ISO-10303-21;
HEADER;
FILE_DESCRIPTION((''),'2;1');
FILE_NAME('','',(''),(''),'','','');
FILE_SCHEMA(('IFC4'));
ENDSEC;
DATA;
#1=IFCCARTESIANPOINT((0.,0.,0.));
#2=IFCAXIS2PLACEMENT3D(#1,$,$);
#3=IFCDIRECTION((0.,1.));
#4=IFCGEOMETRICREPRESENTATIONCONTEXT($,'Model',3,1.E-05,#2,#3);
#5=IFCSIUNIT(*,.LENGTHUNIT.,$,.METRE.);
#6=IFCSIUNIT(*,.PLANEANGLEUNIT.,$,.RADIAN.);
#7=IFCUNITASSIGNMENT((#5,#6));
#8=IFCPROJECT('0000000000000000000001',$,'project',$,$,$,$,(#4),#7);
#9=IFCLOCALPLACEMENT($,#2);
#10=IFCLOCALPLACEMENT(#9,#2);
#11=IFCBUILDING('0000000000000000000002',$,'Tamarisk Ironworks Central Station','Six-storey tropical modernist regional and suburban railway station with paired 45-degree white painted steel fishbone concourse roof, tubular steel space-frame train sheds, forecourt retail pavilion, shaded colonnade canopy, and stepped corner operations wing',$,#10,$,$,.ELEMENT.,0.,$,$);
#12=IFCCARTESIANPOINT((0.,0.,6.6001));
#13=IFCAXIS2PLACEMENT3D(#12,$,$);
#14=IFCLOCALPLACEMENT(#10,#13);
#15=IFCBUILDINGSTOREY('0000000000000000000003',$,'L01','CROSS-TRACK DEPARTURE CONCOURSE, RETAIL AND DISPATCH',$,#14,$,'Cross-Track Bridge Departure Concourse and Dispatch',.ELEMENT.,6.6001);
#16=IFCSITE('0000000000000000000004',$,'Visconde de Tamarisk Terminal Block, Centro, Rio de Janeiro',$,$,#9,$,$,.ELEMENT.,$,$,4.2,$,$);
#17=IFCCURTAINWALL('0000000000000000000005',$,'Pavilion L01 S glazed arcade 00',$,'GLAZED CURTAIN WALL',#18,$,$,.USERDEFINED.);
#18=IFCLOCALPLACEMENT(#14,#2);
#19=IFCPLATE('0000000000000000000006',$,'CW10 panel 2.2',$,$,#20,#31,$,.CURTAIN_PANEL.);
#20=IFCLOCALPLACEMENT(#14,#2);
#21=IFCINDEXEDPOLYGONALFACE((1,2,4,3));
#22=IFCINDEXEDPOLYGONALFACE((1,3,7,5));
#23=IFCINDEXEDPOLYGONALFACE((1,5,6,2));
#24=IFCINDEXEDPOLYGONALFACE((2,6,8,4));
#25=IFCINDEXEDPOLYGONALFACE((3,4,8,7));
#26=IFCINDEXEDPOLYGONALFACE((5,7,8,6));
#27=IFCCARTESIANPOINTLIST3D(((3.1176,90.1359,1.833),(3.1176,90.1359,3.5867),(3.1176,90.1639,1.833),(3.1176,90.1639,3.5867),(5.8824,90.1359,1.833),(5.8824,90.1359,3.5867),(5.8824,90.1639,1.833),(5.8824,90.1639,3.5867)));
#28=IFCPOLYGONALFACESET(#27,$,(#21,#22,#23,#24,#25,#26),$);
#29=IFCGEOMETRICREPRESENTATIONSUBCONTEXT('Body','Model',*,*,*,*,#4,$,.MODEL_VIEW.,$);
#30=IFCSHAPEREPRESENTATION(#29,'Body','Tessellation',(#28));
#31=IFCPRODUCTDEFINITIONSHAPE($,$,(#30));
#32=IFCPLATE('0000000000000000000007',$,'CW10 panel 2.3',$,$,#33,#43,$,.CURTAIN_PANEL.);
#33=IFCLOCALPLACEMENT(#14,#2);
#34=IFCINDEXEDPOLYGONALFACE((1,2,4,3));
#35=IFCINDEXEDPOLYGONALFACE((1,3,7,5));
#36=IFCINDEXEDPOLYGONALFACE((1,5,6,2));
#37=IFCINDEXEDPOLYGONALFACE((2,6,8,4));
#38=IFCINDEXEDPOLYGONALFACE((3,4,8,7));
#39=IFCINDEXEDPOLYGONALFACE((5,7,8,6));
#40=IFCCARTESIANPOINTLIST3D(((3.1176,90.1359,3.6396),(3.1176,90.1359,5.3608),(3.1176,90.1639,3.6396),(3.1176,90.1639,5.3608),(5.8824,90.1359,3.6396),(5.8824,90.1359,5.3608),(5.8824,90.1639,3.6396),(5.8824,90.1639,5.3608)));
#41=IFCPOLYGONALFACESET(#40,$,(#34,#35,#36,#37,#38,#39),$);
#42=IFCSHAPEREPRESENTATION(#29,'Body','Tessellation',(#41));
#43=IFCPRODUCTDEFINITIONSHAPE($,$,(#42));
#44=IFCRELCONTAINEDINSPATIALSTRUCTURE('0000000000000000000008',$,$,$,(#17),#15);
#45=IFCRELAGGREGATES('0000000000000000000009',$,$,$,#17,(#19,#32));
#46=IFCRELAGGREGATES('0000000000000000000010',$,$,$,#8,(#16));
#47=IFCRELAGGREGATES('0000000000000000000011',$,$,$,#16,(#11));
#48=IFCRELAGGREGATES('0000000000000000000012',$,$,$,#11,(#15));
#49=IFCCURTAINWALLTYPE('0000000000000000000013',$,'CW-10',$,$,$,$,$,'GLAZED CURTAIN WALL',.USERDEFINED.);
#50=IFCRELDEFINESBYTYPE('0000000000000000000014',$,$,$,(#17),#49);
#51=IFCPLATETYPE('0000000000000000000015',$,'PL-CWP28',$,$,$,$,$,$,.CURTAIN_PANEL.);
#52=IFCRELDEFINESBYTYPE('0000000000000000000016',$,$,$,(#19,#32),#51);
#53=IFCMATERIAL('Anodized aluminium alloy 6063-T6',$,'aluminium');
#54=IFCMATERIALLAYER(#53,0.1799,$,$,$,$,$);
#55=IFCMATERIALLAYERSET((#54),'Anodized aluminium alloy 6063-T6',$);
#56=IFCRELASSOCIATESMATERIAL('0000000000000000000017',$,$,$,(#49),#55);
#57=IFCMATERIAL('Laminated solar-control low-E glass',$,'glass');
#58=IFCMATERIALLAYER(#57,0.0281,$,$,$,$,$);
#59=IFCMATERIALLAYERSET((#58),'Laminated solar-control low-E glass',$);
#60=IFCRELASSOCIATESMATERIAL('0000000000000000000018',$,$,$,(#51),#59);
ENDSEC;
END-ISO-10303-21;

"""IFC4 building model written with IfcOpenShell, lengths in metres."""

from ifc_helpers import new_model, si_unit, direction, frame, origin, origin_2d, place, context, subcontext, project, spatial, rectangle, extrude, material, layer, layer_set, type_object, element, aggregate, save


model = new_model("IFC4")

# Units and contexts
model_context = context("Model", 3, precision=1e-05, world=origin(), true_north=direction((0.0, 1.0)))
body_context = subcontext(model_context, "Body", "Model", "MODEL_VIEW")
ifc_project = project(units=[si_unit("LENGTHUNIT", "METRE"), si_unit("PLANEANGLEUNIT", "RADIAN")], contexts=[model_context])

# Site, building, storey
site_placement = place(None, origin())
site = spatial("IfcSite", under=ifc_project, at=site_placement, Name="Visconde de Tamarisk Terminal Block, Centro, Rio de Janeiro", CompositionType="ELEMENT", RefElevation=4.2)
building_placement = place(site_placement, origin())
building = spatial("IfcBuilding", under=site, at=building_placement, Name="Tamarisk Ironworks Central Station", Description="Six-storey tropical modernist regional and suburban railway station with paired 45-degree white painted steel fishbone concourse roof, tubular steel space-frame train sheds, forecourt retail pavilion, shaded colonnade canopy, and stepped corner operations wing", CompositionType="ELEMENT", ElevationOfRefHeight=0.0)
storey_placement = place(building_placement, frame((0.0, 0.0, 6.6001)))
storey = spatial("IfcBuildingStorey", under=building, at=storey_placement, Name="L01", Description="CROSS-TRACK DEPARTURE CONCOURSE, RETAIL AND DISPATCH", LongName="Cross-Track Bridge Departure Concourse and Dispatch", CompositionType="ELEMENT", Elevation=6.6001)

# Curtain wall, plates
ifc_material_1 = material(Name="Anodized aluminium alloy 6063-T6", Category="aluminium")
ifc_layer_1 = layer(ifc_material_1, 0.1799)
ifc_layer_set_1 = layer_set([ifc_layer_1], Name="Anodized aluminium alloy 6063-T6")
curtain_wall_type = type_object("IfcCurtainWallType", Name="CW-10", ElementType="GLAZED CURTAIN WALL", PredefinedType="USERDEFINED", material=ifc_layer_set_1)
curtain_wall_placement = place(storey_placement, origin())
curtain_wall = element("IfcCurtainWall", 1, at=curtain_wall_placement, inside=storey, type_object=curtain_wall_type, Name="Pavilion L01 S glazed arcade 00", ObjectType="GLAZED CURTAIN WALL", PredefinedType="USERDEFINED")
ifc_material_2 = material(Name="Laminated solar-control low-E glass", Category="glass")
ifc_layer_2 = layer(ifc_material_2, 0.0281)
ifc_layer_set_2 = layer_set([ifc_layer_2], Name="Laminated solar-control low-E glass")
plate_type = type_object("IfcPlateType", Name="PL-CWP28", PredefinedType="CURTAIN_PANEL", material=ifc_layer_set_2)
plate_1_placement = place(storey_placement, frame((4.5, 90.1499, 1.833), z_axis=(0.0, 0.0, 1.0), x_axis=(1.0, 0.0, 0.0)))
plate_1 = element("IfcPlate", 2, at=plate_1_placement, type_object=plate_type, Name="CW10 panel 2.2", PredefinedType="CURTAIN_PANEL", context=body_context, shape_type="SweptSolid", body=[
    extrude(rectangle(XDim=2.7649, YDim=0.0281, at=origin_2d()), origin(), (0.0, 0.0, 1.0), 1.7537),
])
plate_2_placement = place(storey_placement, frame((4.5, 90.1499, 3.6396), z_axis=(0.0, 0.0, 1.0), x_axis=(1.0, 0.0, 0.0)))
plate_2 = element("IfcPlate", 3, at=plate_2_placement, type_object=plate_type, Name="CW10 panel 2.3", PredefinedType="CURTAIN_PANEL", context=body_context, shape_type="SweptSolid", body=[
    extrude(rectangle(XDim=2.7649, YDim=0.0281, at=origin_2d()), origin(), (0.0, 0.0, 1.0), 1.7212),
])
aggregate(curtain_wall, [plate_1, plate_2])

save(model, "model.ifc")
